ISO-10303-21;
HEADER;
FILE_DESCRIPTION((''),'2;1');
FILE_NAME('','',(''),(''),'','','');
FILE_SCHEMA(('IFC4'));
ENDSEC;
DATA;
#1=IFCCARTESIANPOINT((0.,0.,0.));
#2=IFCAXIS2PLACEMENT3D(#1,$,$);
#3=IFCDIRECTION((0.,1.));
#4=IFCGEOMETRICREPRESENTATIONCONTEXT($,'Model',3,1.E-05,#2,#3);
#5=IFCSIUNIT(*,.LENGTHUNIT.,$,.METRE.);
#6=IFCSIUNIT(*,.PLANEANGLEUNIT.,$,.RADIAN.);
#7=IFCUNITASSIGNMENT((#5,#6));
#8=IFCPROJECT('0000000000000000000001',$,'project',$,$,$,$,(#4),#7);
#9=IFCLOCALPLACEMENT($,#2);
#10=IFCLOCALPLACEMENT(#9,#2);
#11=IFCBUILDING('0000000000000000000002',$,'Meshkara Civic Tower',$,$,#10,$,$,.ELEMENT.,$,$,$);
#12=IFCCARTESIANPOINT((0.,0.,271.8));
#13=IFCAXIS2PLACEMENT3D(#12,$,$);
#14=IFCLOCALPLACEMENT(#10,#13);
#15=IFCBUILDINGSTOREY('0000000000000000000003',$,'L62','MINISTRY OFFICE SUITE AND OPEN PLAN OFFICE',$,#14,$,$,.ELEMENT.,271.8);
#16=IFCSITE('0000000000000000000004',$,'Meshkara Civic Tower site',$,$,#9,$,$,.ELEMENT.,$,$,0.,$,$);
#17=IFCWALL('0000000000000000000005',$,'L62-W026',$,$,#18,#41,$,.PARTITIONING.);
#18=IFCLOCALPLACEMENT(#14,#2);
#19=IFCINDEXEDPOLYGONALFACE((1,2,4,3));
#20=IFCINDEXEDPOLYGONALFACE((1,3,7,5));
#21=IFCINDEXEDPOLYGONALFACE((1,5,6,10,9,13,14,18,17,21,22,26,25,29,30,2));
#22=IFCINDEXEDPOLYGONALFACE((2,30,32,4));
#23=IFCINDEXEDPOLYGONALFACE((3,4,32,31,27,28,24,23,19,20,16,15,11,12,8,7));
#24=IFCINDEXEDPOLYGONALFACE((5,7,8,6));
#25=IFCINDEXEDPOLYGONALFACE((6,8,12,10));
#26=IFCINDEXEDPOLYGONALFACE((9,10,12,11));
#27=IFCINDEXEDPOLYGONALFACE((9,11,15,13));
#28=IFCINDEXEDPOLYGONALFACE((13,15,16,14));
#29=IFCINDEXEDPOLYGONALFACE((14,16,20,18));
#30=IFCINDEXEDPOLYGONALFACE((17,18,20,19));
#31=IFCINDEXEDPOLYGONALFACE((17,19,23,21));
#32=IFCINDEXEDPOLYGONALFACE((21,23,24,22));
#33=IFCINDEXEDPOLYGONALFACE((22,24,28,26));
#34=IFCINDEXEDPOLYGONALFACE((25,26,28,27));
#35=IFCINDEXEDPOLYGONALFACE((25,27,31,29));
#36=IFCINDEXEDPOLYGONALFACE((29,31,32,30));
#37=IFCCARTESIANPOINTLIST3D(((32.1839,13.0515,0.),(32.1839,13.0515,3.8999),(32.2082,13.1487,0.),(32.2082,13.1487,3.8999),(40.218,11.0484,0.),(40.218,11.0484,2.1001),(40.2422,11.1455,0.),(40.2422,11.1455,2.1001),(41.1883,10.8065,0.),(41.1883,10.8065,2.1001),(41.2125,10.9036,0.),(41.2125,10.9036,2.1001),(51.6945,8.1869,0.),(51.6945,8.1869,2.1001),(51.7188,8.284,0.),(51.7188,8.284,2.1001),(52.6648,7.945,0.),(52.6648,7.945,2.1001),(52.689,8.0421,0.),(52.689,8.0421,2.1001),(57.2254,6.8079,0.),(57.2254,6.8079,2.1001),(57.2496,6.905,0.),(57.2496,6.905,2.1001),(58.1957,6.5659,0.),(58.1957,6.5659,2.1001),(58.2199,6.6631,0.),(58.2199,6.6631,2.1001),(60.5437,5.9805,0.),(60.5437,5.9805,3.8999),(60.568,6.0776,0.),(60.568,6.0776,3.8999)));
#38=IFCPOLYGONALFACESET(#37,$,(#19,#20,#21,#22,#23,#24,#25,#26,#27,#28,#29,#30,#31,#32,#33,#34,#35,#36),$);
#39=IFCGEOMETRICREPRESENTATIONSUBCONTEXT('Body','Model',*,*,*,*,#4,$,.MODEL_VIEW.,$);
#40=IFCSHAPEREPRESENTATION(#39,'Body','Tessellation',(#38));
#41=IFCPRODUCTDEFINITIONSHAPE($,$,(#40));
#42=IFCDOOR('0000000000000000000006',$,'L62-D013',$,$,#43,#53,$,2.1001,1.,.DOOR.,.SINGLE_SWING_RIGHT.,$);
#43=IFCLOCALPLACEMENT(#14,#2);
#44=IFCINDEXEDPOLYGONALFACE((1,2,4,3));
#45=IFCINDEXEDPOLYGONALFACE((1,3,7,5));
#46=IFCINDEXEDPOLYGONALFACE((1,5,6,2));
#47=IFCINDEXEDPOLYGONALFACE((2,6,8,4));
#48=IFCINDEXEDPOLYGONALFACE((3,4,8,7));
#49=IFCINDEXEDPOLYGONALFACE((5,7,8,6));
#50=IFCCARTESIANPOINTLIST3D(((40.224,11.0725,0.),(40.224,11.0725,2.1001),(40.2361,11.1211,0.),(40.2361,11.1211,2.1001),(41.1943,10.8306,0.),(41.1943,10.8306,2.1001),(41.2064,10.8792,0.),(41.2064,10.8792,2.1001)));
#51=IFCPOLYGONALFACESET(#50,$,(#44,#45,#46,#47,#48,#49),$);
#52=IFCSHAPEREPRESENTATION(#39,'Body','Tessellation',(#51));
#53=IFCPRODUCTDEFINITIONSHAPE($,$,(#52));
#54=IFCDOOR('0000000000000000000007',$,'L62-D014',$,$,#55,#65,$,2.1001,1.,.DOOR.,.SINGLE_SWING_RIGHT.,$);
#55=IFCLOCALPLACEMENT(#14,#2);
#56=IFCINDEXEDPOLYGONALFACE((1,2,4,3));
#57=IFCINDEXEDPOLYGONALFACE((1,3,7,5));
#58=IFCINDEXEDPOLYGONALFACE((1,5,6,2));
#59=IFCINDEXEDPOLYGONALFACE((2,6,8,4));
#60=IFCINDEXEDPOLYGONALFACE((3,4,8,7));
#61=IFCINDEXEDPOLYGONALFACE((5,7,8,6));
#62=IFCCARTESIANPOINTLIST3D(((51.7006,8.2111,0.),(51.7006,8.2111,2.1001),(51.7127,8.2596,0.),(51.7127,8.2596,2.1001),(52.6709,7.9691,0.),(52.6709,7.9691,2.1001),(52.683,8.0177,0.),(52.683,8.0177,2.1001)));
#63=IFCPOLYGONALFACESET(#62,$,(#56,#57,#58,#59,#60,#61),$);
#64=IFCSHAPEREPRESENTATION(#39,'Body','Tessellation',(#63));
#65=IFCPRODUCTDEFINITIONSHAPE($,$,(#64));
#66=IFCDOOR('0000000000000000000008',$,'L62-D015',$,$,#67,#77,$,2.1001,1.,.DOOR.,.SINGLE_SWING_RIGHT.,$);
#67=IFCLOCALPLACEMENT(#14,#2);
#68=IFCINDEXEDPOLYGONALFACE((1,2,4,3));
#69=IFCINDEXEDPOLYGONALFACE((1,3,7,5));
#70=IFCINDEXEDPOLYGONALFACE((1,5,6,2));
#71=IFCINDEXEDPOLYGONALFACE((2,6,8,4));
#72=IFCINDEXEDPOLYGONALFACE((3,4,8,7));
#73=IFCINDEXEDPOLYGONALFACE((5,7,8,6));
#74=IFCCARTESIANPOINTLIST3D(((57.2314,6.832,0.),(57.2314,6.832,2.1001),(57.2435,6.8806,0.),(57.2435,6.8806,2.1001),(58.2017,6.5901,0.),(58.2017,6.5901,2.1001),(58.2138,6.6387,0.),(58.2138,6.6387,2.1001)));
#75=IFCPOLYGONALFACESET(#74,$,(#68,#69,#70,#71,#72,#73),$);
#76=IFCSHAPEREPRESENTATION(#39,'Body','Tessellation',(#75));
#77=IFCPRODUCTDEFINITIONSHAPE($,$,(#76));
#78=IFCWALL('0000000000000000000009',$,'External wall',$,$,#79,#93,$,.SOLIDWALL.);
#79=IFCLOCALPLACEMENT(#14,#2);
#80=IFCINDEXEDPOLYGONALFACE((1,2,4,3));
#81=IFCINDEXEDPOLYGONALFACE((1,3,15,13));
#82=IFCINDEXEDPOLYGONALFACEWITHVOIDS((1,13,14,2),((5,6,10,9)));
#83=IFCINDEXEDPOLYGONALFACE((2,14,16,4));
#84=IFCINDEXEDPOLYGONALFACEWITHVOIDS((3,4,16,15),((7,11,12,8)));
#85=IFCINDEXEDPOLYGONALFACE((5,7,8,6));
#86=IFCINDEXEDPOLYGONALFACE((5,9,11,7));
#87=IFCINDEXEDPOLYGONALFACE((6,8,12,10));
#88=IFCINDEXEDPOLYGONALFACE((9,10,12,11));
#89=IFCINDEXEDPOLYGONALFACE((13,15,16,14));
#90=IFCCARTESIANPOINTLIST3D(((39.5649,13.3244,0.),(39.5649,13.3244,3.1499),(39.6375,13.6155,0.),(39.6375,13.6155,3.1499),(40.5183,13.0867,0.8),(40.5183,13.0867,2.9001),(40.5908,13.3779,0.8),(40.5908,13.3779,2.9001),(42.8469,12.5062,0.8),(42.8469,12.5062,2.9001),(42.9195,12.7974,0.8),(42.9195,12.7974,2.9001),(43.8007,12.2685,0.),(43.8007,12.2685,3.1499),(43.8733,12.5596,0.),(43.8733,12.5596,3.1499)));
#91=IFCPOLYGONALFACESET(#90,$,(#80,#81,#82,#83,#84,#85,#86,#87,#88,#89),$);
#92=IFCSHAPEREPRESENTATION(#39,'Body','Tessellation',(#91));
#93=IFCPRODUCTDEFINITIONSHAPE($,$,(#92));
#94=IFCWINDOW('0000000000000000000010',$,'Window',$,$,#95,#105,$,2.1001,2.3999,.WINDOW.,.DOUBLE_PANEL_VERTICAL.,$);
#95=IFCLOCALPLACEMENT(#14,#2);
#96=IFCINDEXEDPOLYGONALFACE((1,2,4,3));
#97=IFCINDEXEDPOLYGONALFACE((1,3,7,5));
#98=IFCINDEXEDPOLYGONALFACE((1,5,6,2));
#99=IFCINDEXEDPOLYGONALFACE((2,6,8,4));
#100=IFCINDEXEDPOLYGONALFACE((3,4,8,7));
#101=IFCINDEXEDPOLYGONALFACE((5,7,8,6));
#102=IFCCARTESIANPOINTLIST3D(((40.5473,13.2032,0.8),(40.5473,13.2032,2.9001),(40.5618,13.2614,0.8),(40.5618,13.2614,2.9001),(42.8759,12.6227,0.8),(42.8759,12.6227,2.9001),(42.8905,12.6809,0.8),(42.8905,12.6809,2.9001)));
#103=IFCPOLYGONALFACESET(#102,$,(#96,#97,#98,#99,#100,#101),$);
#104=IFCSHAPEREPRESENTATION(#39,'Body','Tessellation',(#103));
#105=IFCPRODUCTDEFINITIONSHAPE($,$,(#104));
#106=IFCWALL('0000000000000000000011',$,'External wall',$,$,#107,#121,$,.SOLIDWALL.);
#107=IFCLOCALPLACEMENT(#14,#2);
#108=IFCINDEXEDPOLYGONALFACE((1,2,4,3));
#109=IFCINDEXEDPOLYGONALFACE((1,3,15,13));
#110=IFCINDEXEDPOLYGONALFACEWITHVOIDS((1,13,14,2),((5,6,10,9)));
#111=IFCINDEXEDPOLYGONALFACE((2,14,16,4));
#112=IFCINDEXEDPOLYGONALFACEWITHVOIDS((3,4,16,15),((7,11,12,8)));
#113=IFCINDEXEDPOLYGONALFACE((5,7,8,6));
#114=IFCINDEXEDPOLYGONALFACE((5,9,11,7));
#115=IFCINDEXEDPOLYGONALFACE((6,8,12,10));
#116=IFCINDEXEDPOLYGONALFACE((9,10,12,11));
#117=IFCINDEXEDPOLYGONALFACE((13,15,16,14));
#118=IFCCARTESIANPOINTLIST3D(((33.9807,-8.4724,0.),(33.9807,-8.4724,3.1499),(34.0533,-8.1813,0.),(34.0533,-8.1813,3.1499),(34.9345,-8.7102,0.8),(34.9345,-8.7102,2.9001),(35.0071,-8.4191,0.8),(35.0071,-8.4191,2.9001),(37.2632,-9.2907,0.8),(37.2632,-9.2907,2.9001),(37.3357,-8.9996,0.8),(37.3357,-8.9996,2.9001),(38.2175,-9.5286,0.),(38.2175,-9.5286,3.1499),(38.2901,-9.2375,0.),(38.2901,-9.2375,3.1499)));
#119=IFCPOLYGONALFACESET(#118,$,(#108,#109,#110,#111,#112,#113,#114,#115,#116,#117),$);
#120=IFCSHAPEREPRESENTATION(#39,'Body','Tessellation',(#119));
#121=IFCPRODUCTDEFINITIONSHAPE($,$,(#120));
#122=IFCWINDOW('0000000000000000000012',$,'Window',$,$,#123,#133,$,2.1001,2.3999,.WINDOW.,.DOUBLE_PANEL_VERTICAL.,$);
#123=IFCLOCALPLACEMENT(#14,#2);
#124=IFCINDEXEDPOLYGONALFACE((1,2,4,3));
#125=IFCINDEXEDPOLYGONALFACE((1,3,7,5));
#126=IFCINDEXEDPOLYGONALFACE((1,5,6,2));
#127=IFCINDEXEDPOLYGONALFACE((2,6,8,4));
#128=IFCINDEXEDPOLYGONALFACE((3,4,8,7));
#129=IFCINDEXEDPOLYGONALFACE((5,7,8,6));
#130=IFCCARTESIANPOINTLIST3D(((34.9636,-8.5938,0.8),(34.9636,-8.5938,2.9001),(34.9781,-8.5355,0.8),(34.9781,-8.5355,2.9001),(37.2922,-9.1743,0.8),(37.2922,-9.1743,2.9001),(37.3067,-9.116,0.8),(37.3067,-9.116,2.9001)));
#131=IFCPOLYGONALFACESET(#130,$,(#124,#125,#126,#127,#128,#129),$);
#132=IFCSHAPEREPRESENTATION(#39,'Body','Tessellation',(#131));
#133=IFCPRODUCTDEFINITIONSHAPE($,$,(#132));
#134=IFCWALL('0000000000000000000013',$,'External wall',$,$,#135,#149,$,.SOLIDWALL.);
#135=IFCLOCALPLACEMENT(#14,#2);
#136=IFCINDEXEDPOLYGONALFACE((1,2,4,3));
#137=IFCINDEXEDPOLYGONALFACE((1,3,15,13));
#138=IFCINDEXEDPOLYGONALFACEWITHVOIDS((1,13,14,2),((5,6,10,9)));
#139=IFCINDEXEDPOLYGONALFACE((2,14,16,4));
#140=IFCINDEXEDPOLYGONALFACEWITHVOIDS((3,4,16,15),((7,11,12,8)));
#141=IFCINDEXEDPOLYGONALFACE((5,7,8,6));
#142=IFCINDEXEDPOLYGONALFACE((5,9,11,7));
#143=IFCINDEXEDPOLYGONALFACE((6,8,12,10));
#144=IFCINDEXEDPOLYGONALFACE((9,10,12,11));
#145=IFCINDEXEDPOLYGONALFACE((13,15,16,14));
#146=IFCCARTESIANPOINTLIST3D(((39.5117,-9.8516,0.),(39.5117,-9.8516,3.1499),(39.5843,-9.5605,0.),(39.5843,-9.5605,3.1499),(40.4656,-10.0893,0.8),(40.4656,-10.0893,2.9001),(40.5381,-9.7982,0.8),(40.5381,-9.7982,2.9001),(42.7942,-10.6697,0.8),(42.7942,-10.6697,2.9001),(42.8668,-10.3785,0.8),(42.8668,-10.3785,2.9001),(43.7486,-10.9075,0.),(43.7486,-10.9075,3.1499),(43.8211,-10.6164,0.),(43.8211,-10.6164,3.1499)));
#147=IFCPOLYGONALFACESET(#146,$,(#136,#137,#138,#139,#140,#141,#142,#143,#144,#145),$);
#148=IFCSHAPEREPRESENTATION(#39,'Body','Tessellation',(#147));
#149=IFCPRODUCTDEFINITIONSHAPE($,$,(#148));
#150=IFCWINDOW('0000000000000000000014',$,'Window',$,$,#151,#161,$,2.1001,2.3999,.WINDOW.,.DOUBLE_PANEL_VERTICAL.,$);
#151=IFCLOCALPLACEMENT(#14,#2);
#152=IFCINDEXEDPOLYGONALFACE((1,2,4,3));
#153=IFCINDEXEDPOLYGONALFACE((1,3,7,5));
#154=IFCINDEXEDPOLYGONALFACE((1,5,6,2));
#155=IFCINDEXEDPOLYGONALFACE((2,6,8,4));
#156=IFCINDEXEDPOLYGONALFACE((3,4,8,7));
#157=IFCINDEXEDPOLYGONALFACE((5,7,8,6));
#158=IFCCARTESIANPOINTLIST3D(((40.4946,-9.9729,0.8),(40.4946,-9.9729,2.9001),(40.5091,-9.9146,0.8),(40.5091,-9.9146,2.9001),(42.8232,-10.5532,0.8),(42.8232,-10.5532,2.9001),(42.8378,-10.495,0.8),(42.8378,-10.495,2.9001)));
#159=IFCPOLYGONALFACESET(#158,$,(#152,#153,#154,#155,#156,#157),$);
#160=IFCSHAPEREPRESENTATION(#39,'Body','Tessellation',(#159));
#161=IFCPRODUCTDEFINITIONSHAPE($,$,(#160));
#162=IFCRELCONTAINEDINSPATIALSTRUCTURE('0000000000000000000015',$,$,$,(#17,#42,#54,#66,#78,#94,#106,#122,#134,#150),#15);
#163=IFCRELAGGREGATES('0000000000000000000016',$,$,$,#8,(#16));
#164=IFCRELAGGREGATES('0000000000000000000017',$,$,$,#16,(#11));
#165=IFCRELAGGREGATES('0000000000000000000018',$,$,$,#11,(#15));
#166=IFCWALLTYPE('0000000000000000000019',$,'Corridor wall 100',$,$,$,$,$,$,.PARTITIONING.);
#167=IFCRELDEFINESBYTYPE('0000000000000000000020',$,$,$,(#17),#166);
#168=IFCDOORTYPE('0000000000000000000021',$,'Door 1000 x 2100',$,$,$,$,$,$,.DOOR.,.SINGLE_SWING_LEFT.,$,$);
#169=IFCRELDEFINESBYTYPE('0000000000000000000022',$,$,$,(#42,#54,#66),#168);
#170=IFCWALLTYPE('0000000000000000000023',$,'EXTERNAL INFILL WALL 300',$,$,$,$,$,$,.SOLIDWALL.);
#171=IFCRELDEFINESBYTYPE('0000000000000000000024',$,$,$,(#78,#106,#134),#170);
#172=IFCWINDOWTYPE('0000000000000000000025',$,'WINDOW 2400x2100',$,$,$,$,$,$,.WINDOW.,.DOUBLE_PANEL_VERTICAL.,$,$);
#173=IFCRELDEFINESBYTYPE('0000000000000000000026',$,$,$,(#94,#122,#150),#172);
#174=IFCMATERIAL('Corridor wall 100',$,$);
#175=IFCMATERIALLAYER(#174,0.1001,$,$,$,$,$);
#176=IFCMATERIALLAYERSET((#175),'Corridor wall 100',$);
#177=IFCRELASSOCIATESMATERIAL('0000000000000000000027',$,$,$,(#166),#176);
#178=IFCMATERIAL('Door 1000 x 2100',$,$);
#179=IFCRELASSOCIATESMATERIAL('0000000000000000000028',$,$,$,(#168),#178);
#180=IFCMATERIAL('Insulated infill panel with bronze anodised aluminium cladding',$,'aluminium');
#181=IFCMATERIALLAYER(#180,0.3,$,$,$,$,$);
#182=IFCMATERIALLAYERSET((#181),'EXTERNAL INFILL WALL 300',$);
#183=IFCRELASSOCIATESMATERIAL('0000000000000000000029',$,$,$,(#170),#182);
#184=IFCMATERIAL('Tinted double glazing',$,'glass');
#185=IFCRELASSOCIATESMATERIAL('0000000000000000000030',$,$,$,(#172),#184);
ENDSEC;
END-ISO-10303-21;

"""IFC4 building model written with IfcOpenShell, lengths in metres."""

from ifc_helpers import new_model, si_unit, direction, frame, frame_2d, origin, place, context, subcontext, project, spatial, rectangle, extrude, material, layer, layer_set, type_object, element, fill, save


model = new_model("IFC4")

# Units and contexts
model_context = context("Model", 3, precision=1e-05, world=origin(), true_north=direction((0.0, 1.0)))
body_context = subcontext(model_context, "Body", "Model", "MODEL_VIEW")
ifc_project = project(units=[si_unit("LENGTHUNIT", "METRE"), si_unit("PLANEANGLEUNIT", "RADIAN")], contexts=[model_context])

# Site, building, storey
site_placement = place(None, origin())
site = spatial("IfcSite", under=ifc_project, at=site_placement, Name="Meshkara Civic Tower site", CompositionType="ELEMENT", RefElevation=0.0)
building_placement = place(site_placement, origin())
building = spatial("IfcBuilding", under=site, at=building_placement, Name="Meshkara Civic Tower", CompositionType="ELEMENT")
storey_placement = place(building_placement, frame((0.0, 0.0, 271.8)))
storey = spatial("IfcBuildingStorey", under=building, at=storey_placement, Name="L62", Description="MINISTRY OFFICE SUITE AND OPEN PLAN OFFICE", CompositionType="ELEMENT", Elevation=271.8)

# Wall, openings, doors
ifc_material_1 = material(Name="Corridor wall 100")
ifc_layer_1 = layer(ifc_material_1, 0.1001)
ifc_layer_set_1 = layer_set([ifc_layer_1], Name="Corridor wall 100")
wall_type_1 = type_object("IfcWallType", Name="Corridor wall 100", PredefinedType="PARTITIONING", material=ifc_layer_set_1)
wall_1_placement = place(storey_placement, frame((32.196, 13.1001, 0.0), z_axis=(0.0, 0.0, 1.0), x_axis=(0.970295, -0.241926, 0.0)))
wall_1 = element("IfcWall", 1, at=wall_1_placement, inside=storey, type_object=wall_type_1, Name="L62-W026", PredefinedType="PARTITIONING", context=body_context, shape_type="SweptSolid", body=[
    extrude(rectangle(XDim=29.228, YDim=0.1001, at=frame_2d((14.614, 0.0))), origin(), (0.0, 0.0, 1.0), 3.8999),
])
opening_1_placement = place(wall_1_placement, frame((8.28, 0.0, 0.0)))
opening_1 = element("IfcOpeningElement", 2, at=opening_1_placement, cuts=wall_1, PredefinedType="OPENING", context=body_context, shape_type="SweptSolid", body=[
    extrude(rectangle(XDim=1.0, YDim=2.1001, at=frame_2d((0.5, 1.05))), frame((0.0, 0.0601, 0.0), z_axis=(0.0, -1.0, 0.0), x_axis=(1.0, 0.0, 0.0)), (0.0, 0.0, 1.0), 0.1201),
])
opening_2_placement = place(wall_1_placement, frame((20.1079, 0.0, 0.0)))
opening_2 = element("IfcOpeningElement", 3, at=opening_2_placement, cuts=wall_1, PredefinedType="OPENING", context=body_context, shape_type="SweptSolid", body=[
    extrude(rectangle(XDim=1.0, YDim=2.1001, at=frame_2d((0.5, 1.05))), frame((0.0, 0.0601, 0.0), z_axis=(0.0, -1.0, 0.0), x_axis=(1.0, 0.0, 0.0)), (0.0, 0.0, 1.0), 0.1201),
])
opening_3_placement = place(wall_1_placement, frame((25.8081, 0.0, 0.0)))
opening_3 = element("IfcOpeningElement", 4, at=opening_3_placement, cuts=wall_1, PredefinedType="OPENING", context=body_context, shape_type="SweptSolid", body=[
    extrude(rectangle(XDim=1.0, YDim=2.1001, at=frame_2d((0.5, 1.05))), frame((0.0, 0.0601, 0.0), z_axis=(0.0, -1.0, 0.0), x_axis=(1.0, 0.0, 0.0)), (0.0, 0.0, 1.0), 0.1201),
])
ifc_material_2 = material(Name="Door 1000 x 2100")
door_type = type_object("IfcDoorType", Name="Door 1000 x 2100", OperationType="SINGLE_SWING_LEFT", PredefinedType="DOOR", material=ifc_material_2)
door_1_placement = place(opening_1_placement, origin())
door_1 = element("IfcDoor", 5, at=door_1_placement, inside=storey, type_object=door_type, Name="L62-D013", OperationType="SINGLE_SWING_RIGHT", OverallHeight=2.1001, OverallWidth=1.0, PredefinedType="DOOR", context=body_context, shape_type="SweptSolid", body=[
    extrude(rectangle(XDim=1.0, YDim=2.1001, at=frame_2d((0.5, 1.05))), frame((0.0, 0.0249, 0.0), z_axis=(0.0, -1.0, 0.0), x_axis=(1.0, 0.0, 0.0)), (0.0, 0.0, 1.0), 0.05),
])
fill(opening_1, door_1)
door_2_placement = place(opening_2_placement, origin())
door_2 = element("IfcDoor", 6, at=door_2_placement, inside=storey, type_object=door_type, Name="L62-D014", OperationType="SINGLE_SWING_RIGHT", OverallHeight=2.1001, OverallWidth=1.0, PredefinedType="DOOR", context=body_context, shape_type="SweptSolid", body=[
    extrude(rectangle(XDim=1.0, YDim=2.1001, at=frame_2d((0.5, 1.05))), frame((0.0, 0.0249, 0.0), z_axis=(0.0, -1.0, 0.0), x_axis=(1.0, 0.0, 0.0)), (0.0, 0.0, 1.0), 0.05),
])
fill(opening_2, door_2)
door_3_placement = place(opening_3_placement, origin())
door_3 = element("IfcDoor", 7, at=door_3_placement, inside=storey, type_object=door_type, Name="L62-D015", OperationType="SINGLE_SWING_RIGHT", OverallHeight=2.1001, OverallWidth=1.0, PredefinedType="DOOR", context=body_context, shape_type="SweptSolid", body=[
    extrude(rectangle(XDim=1.0, YDim=2.1001, at=frame_2d((0.5, 1.05))), frame((0.0, 0.0249, 0.0), z_axis=(0.0, -1.0, 0.0), x_axis=(1.0, 0.0, 0.0)), (0.0, 0.0, 1.0), 0.05),
])
fill(opening_3, door_3)

# Walls, openings, windows
ifc_material_3 = material(Name="Insulated infill panel with bronze anodised aluminium cladding", Category="aluminium")
ifc_layer_2 = layer(ifc_material_3, 0.3)
ifc_layer_set_2 = layer_set([ifc_layer_2], Name="EXTERNAL INFILL WALL 300")
wall_type_2 = type_object("IfcWallType", Name="EXTERNAL INFILL WALL 300", PredefinedType="SOLIDWALL", material=ifc_layer_set_2)
wall_2_placement = place(storey_placement, frame((43.8369, 12.4141, 0.0), z_axis=(0.0, 0.0, 1.0), x_axis=(-0.970307, 0.241878, 0.0)))
wall_2 = element("IfcWall", 8, at=wall_2_placement, inside=storey, type_object=wall_type_2, Name="External wall", PredefinedType="SOLIDWALL", context=body_context, shape_type="SweptSolid", body=[
    extrude(rectangle(XDim=4.3655, YDim=0.3, at=frame_2d((2.1826, 0.0))), origin(), (0.0, 0.0, 1.0), 3.1499),
])
opening_4_placement = place(wall_2_placement, frame((0.9829, 0.0, 0.8)))
opening_4 = element("IfcOpeningElement", 9, at=opening_4_placement, cuts=wall_2, PredefinedType="OPENING", context=body_context, shape_type="SweptSolid", body=[
    extrude(rectangle(XDim=2.3999, YDim=2.1001, at=frame_2d((1.2, 1.05))), frame((0.0, 0.1599, 0.0), z_axis=(0.0, -1.0, 0.0), x_axis=(1.0, 0.0, 0.0)), (0.0, 0.0, 1.0), 0.3201),
])
ifc_material_4 = material(Name="Tinted double glazing", Category="glass")
window_type = type_object("IfcWindowType", Name="WINDOW 2400x2100", PartitioningType="DOUBLE_PANEL_VERTICAL", PredefinedType="WINDOW", material=ifc_material_4)
window_1_placement = place(opening_4_placement, origin())
window_1 = element("IfcWindow", 10, at=window_1_placement, inside=storey, type_object=window_type, Name="Window", OverallHeight=2.1001, OverallWidth=2.3999, PartitioningType="DOUBLE_PANEL_VERTICAL", PredefinedType="WINDOW", context=body_context, shape_type="SweptSolid", body=[
    extrude(rectangle(XDim=2.3999, YDim=2.1001, at=frame_2d((1.2, 1.05))), frame((0.0, 0.03, 0.0), z_axis=(0.0, -1.0, 0.0), x_axis=(1.0, 0.0, 0.0)), (0.0, 0.0, 1.0), 0.0601),
])
fill(opening_4, window_1)
wall_3_placement = place(storey_placement, frame((34.0171, -8.3269, 0.0), z_axis=(0.0, 0.0, 1.0), x_axis=(0.970307, -0.241878, 0.0)))
wall_3 = element("IfcWall", 11, at=wall_3_placement, inside=storey, type_object=wall_type_2, Name="External wall", PredefinedType="SOLIDWALL", context=body_context, shape_type="SweptSolid", body=[
    extrude(rectangle(XDim=4.3665, YDim=0.3, at=frame_2d((2.1831, 0.0))), origin(), (0.0, 0.0, 1.0), 3.1499),
])
opening_5_placement = place(wall_3_placement, frame((0.9829, 0.0, 0.8)))
opening_5 = element("IfcOpeningElement", 12, at=opening_5_placement, cuts=wall_3, PredefinedType="OPENING", context=body_context, shape_type="SweptSolid", body=[
    extrude(rectangle(XDim=2.3999, YDim=2.1001, at=frame_2d((1.2, 1.05))), frame((0.0, 0.1599, 0.0), z_axis=(0.0, -1.0, 0.0), x_axis=(1.0, 0.0, 0.0)), (0.0, 0.0, 1.0), 0.3201),
])
window_2_placement = place(opening_5_placement, origin())
window_2 = element("IfcWindow", 13, at=window_2_placement, inside=storey, type_object=window_type, Name="Window", OverallHeight=2.1001, OverallWidth=2.3999, PartitioningType="DOUBLE_PANEL_VERTICAL", PredefinedType="WINDOW", context=body_context, shape_type="SweptSolid", body=[
    extrude(rectangle(XDim=2.3999, YDim=2.1001, at=frame_2d((1.2, 1.05))), frame((0.0, 0.03, 0.0), z_axis=(0.0, -1.0, 0.0), x_axis=(1.0, 0.0, 0.0)), (0.0, 0.0, 1.0), 0.0601),
])
fill(opening_5, window_2)
wall_4_placement = place(storey_placement, frame((39.5481, -9.7061, 0.0), z_axis=(0.0, 0.0, 1.0), x_axis=(0.97032, -0.241825, 0.0)))
wall_4 = element("IfcWall", 14, at=wall_4_placement, inside=storey, type_object=wall_type_2, Name="External wall", PredefinedType="SOLIDWALL", context=body_context, shape_type="SweptSolid", body=[
    extrude(rectangle(XDim=4.3665, YDim=0.3, at=frame_2d((2.1831, 0.0))), origin(), (0.0, 0.0, 1.0), 3.1499),
])
opening_6_placement = place(wall_4_placement, frame((0.9829, 0.0, 0.8)))
opening_6 = element("IfcOpeningElement", 15, at=opening_6_placement, cuts=wall_4, PredefinedType="OPENING", context=body_context, shape_type="SweptSolid", body=[
    extrude(rectangle(XDim=2.3999, YDim=2.1001, at=frame_2d((1.2, 1.05))), frame((0.0, 0.1599, 0.0), z_axis=(0.0, -1.0, 0.0), x_axis=(1.0, 0.0, 0.0)), (0.0, 0.0, 1.0), 0.3201),
])
window_3_placement = place(opening_6_placement, origin())
window_3 = element("IfcWindow", 16, at=window_3_placement, inside=storey, type_object=window_type, Name="Window", OverallHeight=2.1001, OverallWidth=2.3999, PartitioningType="DOUBLE_PANEL_VERTICAL", PredefinedType="WINDOW", context=body_context, shape_type="SweptSolid", body=[
    extrude(rectangle(XDim=2.3999, YDim=2.1001, at=frame_2d((1.2, 1.05))), frame((0.0, 0.03, 0.0), z_axis=(0.0, -1.0, 0.0), x_axis=(1.0, 0.0, 0.0)), (0.0, 0.0, 1.0), 0.0601),
])
fill(opening_6, window_3)

save(model, "model.ifc")
